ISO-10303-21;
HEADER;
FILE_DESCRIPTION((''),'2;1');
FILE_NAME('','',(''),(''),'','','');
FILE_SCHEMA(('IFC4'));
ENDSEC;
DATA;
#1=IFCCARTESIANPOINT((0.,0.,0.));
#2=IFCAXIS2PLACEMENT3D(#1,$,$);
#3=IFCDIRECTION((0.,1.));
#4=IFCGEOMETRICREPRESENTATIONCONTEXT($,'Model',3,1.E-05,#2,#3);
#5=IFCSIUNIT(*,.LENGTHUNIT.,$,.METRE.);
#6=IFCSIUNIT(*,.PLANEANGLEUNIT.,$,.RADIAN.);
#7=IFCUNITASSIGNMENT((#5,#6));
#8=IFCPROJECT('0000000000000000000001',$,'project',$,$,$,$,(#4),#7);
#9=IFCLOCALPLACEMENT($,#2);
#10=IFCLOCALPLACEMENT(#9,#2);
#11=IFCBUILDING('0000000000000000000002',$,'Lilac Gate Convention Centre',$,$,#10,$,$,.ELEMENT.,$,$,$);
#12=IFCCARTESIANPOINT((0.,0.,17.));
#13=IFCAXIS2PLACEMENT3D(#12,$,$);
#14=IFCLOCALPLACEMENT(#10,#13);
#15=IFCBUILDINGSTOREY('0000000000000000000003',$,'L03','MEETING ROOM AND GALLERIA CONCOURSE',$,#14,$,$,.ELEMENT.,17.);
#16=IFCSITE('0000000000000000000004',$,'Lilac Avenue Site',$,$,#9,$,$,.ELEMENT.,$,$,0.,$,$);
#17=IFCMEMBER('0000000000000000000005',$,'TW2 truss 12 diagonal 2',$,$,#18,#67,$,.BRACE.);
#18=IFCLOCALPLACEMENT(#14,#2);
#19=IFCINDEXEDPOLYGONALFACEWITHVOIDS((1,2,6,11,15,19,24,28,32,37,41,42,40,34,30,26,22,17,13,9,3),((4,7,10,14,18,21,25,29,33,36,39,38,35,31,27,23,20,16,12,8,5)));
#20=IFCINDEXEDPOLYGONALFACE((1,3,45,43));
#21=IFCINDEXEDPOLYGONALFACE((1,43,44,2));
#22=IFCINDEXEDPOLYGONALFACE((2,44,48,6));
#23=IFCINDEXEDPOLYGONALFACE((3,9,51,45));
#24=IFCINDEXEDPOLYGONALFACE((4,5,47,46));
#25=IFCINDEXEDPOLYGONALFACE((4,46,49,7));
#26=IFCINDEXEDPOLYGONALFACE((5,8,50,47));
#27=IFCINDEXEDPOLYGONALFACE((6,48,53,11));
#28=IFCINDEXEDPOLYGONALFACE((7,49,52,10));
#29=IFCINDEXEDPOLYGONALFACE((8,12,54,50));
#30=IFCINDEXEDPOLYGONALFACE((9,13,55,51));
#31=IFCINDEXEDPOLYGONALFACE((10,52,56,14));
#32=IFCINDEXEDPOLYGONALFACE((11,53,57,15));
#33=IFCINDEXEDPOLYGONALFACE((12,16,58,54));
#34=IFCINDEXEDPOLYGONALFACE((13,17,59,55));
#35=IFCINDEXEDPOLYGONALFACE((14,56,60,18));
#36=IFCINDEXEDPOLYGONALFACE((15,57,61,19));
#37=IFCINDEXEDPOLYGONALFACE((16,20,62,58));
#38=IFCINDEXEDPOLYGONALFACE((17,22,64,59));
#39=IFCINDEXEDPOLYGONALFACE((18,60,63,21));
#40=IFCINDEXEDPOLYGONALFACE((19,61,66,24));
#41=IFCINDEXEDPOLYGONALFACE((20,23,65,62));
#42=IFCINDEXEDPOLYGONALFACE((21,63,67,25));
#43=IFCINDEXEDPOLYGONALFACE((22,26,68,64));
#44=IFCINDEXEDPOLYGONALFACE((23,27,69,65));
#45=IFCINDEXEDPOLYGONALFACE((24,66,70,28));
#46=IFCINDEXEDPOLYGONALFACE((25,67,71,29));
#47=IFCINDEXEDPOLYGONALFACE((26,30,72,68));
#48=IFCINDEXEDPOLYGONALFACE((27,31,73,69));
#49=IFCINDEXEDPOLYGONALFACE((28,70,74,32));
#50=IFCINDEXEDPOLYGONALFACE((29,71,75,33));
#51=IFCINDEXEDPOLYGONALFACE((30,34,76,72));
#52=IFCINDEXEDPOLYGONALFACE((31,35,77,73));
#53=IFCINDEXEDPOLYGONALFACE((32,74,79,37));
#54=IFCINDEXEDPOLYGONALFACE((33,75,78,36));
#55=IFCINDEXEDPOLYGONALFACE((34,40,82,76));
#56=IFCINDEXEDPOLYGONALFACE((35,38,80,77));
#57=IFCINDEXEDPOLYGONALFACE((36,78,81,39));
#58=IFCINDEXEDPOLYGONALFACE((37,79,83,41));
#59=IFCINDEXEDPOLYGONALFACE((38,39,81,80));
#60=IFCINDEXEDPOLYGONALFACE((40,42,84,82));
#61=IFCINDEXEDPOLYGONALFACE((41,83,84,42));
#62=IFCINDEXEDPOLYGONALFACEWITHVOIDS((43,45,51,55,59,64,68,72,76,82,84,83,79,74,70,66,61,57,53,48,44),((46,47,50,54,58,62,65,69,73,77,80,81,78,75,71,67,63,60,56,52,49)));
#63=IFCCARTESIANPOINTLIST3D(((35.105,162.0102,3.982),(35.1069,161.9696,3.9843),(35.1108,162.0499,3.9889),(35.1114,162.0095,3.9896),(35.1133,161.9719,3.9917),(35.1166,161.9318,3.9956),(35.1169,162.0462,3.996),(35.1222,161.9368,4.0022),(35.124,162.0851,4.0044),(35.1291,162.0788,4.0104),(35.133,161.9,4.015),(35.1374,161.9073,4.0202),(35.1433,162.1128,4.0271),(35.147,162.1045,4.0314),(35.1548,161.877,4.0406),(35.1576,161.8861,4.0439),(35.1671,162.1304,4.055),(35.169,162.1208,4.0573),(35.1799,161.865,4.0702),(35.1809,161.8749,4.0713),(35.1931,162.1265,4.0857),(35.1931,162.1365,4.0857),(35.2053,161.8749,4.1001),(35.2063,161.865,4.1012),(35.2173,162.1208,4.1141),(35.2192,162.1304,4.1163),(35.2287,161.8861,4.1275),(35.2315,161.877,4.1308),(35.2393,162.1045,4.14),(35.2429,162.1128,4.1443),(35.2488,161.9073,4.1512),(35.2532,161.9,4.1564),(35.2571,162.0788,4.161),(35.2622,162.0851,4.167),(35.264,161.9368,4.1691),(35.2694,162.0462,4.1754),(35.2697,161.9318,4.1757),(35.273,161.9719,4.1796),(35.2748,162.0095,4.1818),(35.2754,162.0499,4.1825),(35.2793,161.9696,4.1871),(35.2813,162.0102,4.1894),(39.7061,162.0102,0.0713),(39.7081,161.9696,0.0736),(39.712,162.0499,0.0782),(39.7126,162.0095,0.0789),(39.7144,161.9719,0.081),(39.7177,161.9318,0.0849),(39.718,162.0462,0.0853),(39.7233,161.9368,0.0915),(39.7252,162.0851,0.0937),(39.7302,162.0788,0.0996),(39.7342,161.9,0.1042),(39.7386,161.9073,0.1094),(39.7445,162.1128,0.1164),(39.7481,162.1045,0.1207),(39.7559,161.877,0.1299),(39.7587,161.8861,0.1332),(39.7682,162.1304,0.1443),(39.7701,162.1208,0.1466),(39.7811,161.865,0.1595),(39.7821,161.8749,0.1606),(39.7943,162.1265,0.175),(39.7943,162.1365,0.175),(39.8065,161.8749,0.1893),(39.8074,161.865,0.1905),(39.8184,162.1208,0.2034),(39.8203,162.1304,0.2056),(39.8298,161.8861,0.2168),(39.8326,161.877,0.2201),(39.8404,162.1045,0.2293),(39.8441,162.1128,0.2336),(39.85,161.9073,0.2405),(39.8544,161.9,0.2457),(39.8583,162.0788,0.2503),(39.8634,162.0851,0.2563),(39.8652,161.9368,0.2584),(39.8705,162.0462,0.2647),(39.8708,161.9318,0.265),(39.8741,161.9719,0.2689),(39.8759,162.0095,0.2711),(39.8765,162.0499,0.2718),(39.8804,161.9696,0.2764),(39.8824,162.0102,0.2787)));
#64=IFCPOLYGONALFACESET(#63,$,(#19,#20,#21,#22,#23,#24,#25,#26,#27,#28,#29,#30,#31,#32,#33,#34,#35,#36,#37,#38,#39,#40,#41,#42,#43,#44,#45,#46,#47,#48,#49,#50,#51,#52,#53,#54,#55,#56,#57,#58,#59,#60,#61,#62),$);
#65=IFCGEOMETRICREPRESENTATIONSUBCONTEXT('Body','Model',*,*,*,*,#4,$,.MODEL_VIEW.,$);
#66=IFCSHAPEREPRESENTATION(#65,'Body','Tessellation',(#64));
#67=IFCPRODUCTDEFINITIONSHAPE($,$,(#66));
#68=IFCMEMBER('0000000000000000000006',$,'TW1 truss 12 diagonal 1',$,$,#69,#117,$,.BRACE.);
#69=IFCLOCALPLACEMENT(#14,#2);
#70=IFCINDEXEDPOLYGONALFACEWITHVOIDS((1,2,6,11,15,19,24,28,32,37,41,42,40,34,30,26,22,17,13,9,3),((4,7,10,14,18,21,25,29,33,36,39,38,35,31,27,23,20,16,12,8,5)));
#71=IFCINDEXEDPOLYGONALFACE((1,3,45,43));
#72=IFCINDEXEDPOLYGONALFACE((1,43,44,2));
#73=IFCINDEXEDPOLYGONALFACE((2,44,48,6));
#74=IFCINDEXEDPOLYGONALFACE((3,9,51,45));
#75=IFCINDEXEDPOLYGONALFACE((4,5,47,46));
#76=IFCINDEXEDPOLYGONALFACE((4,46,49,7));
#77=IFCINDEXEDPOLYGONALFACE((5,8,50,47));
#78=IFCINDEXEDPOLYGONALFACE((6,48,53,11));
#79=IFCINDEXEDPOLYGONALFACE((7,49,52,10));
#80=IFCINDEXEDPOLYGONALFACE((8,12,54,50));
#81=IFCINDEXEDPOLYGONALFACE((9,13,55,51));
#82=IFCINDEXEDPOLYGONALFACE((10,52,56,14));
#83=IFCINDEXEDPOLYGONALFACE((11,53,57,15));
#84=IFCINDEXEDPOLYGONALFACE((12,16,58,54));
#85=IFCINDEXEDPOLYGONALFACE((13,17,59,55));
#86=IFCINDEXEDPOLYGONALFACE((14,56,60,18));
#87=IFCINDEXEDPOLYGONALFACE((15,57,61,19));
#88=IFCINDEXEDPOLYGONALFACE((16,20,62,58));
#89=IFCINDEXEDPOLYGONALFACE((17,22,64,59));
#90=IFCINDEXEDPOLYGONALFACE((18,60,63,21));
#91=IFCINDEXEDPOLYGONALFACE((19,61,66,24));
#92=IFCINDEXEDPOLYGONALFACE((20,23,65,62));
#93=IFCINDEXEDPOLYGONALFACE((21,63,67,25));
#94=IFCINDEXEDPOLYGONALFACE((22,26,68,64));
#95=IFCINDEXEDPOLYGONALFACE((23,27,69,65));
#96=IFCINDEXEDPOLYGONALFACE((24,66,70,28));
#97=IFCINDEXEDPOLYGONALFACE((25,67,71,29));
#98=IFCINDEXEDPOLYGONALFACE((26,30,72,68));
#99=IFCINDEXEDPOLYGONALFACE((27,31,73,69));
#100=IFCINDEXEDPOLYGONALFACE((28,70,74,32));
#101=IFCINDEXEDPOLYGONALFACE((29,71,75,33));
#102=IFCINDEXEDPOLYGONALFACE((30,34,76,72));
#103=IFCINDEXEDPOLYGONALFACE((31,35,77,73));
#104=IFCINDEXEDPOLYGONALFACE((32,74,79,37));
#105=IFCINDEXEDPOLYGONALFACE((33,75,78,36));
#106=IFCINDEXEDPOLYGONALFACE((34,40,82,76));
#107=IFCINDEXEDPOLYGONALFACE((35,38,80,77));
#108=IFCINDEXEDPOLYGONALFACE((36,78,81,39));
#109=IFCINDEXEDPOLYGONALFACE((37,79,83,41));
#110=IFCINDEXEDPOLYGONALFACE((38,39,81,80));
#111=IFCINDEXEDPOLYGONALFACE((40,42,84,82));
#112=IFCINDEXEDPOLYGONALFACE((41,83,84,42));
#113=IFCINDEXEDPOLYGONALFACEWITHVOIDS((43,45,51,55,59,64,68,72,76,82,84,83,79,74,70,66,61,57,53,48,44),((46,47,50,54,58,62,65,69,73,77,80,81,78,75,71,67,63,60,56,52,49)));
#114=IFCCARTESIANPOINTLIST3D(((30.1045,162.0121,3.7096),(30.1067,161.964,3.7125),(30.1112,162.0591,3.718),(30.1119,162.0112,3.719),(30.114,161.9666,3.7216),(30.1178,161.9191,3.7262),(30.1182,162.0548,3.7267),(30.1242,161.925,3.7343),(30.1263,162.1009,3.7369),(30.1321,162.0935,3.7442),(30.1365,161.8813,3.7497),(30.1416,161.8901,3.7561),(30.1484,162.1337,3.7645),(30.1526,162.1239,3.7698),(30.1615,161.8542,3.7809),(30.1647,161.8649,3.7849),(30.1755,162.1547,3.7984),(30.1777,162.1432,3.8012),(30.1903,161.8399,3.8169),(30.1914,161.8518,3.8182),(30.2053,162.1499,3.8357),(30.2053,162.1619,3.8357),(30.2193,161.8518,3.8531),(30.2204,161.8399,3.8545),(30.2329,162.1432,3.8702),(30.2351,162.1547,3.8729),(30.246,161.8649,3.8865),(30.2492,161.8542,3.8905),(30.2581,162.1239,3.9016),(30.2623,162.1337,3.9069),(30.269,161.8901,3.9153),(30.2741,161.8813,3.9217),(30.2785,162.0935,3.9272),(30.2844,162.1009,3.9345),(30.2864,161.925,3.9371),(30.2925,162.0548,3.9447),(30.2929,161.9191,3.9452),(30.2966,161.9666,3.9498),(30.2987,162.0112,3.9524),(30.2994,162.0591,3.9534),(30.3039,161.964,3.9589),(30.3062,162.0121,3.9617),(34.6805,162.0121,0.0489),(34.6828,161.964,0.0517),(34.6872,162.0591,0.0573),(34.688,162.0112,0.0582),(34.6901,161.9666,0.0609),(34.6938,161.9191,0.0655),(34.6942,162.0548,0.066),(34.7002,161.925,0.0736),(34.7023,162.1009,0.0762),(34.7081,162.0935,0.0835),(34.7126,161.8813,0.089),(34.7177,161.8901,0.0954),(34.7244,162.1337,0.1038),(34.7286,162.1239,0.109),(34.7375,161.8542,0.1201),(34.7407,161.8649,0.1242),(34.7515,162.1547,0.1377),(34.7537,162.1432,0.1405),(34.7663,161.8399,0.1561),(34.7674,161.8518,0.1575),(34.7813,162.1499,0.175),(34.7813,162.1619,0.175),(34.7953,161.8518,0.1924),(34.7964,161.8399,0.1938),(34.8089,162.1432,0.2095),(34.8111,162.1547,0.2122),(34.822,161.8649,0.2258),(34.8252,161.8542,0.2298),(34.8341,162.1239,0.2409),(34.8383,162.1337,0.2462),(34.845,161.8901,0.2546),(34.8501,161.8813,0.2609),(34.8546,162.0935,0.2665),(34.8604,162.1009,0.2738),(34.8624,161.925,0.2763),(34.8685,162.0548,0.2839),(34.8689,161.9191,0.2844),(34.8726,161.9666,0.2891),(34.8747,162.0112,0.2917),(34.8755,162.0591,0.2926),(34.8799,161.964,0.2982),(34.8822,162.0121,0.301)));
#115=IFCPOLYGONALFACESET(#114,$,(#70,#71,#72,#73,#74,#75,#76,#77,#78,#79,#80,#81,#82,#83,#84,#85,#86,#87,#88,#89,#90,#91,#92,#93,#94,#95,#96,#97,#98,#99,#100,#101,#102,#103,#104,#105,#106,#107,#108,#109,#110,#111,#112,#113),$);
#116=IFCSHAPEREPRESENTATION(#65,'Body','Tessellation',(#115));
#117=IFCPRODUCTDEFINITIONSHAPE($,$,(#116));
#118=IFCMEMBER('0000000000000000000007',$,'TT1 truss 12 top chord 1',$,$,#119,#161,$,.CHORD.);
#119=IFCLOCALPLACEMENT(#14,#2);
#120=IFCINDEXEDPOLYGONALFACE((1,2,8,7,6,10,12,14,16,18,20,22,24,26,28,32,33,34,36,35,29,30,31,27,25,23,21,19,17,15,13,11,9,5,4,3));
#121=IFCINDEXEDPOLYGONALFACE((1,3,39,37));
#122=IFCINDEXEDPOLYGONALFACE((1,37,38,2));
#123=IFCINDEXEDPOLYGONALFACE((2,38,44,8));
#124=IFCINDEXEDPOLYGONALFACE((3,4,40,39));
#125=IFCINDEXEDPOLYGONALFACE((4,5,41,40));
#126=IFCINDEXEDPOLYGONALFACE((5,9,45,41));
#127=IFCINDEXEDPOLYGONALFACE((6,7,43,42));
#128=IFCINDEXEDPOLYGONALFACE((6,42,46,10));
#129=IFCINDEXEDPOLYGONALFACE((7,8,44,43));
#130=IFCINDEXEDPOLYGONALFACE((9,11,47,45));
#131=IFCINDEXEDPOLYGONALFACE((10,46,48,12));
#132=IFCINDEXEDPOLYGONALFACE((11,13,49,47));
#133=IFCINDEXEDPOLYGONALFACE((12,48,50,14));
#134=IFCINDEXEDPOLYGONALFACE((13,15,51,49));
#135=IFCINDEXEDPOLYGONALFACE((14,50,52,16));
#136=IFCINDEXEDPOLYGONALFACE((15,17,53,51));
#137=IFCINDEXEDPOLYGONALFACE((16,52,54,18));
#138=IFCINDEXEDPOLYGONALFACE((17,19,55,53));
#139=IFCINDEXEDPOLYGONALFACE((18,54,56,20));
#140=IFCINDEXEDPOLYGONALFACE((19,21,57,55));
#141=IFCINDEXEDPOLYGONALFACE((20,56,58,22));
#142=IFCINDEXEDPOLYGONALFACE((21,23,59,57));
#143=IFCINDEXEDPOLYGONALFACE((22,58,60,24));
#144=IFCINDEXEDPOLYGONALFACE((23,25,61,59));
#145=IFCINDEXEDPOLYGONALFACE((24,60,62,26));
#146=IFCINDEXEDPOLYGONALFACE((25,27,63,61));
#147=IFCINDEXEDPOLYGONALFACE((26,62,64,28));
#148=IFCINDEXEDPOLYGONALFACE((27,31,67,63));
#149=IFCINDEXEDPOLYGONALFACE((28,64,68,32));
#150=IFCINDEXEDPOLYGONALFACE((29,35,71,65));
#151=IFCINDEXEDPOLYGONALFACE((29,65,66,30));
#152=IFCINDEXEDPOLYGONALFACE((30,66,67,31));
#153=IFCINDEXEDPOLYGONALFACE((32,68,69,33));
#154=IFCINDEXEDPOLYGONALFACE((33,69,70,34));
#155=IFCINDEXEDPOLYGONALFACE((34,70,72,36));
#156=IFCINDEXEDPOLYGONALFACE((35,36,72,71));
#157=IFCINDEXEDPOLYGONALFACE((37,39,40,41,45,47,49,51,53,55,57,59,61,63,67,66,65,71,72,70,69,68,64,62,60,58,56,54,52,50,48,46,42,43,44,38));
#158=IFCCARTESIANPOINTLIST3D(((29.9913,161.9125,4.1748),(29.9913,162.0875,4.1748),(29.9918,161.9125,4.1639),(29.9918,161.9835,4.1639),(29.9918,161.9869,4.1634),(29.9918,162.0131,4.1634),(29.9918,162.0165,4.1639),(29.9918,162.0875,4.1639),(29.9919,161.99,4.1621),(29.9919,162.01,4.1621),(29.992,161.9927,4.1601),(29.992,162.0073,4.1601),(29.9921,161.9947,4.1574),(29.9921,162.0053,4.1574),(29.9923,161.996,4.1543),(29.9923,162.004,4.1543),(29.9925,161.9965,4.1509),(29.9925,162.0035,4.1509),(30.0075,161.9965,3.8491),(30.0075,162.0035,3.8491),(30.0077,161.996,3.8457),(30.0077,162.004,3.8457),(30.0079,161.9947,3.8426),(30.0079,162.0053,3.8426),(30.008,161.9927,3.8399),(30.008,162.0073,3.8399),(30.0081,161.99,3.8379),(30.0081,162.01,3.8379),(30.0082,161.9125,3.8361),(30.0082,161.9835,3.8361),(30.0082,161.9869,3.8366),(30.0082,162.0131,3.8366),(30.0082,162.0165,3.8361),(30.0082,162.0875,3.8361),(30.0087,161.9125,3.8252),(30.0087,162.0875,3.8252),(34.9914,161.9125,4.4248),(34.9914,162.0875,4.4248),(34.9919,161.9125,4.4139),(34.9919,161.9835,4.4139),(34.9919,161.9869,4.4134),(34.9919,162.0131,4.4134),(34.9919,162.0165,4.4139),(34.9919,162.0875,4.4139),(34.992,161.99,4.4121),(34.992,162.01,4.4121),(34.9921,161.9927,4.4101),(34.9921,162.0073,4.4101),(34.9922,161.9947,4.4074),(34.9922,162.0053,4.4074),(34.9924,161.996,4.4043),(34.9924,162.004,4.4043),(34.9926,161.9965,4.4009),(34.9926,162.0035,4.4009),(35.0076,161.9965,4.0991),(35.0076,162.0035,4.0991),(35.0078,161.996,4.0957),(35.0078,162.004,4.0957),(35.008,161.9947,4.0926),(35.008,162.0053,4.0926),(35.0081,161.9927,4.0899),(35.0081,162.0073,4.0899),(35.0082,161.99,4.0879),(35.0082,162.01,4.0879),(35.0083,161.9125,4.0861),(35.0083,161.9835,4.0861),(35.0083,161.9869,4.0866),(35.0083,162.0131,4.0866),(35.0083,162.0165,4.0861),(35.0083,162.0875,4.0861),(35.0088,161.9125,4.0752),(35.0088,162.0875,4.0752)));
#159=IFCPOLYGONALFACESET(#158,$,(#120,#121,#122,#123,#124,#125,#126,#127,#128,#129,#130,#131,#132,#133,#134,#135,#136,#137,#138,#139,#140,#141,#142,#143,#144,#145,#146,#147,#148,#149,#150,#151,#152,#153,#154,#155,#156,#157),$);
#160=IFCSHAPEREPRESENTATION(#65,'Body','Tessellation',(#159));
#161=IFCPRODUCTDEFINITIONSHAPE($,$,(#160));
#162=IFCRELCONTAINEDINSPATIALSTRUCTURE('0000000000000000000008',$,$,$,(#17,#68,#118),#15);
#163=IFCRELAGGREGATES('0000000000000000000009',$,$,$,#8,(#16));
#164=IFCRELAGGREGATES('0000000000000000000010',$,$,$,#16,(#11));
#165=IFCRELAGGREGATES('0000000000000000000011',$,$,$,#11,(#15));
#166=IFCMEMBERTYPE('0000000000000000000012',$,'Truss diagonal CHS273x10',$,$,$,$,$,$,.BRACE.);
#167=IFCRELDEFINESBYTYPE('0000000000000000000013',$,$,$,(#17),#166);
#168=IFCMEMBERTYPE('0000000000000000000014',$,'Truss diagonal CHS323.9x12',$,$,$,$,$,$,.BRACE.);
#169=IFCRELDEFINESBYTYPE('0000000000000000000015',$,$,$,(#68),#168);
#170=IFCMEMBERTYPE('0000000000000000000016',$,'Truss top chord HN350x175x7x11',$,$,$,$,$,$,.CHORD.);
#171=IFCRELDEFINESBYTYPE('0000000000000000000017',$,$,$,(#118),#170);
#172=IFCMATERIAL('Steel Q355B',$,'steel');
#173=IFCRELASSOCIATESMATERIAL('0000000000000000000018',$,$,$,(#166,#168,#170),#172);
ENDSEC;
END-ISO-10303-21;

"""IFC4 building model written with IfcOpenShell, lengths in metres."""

from ifc_helpers import new_model, si_unit, direction, frame, origin, origin_2d, place, context, subcontext, project, spatial, hollow_circle, i_section, extrude, material, material_profile, profile_set, type_object, element, save


model = new_model("IFC4")

# Units and contexts
model_context = context("Model", 3, precision=1e-05, world=origin(), true_north=direction((0.0, 1.0)))
body_context = subcontext(model_context, "Body", "Model", "MODEL_VIEW")
ifc_project = project(units=[si_unit("LENGTHUNIT", "METRE"), si_unit("PLANEANGLEUNIT", "RADIAN")], contexts=[model_context])

# Site, building, storey
site_placement = place(None, origin())
site = spatial("IfcSite", under=ifc_project, at=site_placement, Name="Lilac Avenue Site", CompositionType="ELEMENT", RefElevation=0.0)
building_placement = place(site_placement, origin())
building = spatial("IfcBuilding", under=site, at=building_placement, Name="Lilac Gate Convention Centre", CompositionType="ELEMENT")
storey_placement = place(building_placement, frame((0.0, 0.0, 17.0)))
storey = spatial("IfcBuildingStorey", under=building, at=storey_placement, Name="L03", Description="MEETING ROOM AND GALLERIA CONCOURSE", CompositionType="ELEMENT", Elevation=17.0)

# Shared definitions
ifc_material = material(Name="Steel Q355B", Category="steel")

# Members
ifc_material_profile_1 = material_profile(ifc_material, hollow_circle(Radius=0.1365, WallThickness=0.01, at=origin_2d()), Name="CHS273x10")
ifc_profile_set_1 = profile_set([ifc_material_profile_1], Name="Steel Q355B")
member_type_1 = type_object("IfcMemberType", Name="Truss diagonal CHS273x10", PredefinedType="BRACE", material=ifc_profile_set_1)
member_1_placement = place(storey_placement, frame((35.1931, 162.0, 4.0857), z_axis=(0.761961, 0.0, -0.647623), x_axis=(0.0, 1.0, 0.0)))
element("IfcMember", 1, at=member_1_placement, inside=storey, type_object=member_type_1, Name="TW2 truss 12 diagonal 2", PredefinedType="BRACE", context=body_context, shape_type="SweptSolid", body=[
    extrude(hollow_circle(Radius=0.1365, WallThickness=0.01, at=origin_2d()), origin(), (0.0, 0.0, 1.0), 6.0386),
])
ifc_material_profile_2 = material_profile(ifc_material, hollow_circle(Radius=0.1619, WallThickness=0.012, at=origin_2d()), Name="CHS323.9x12")
ifc_profile_set_2 = profile_set([ifc_material_profile_2], Name="Steel Q355B")
member_type_2 = type_object("IfcMemberType", Name="Truss diagonal CHS323.9x12", PredefinedType="BRACE", material=ifc_profile_set_2)
member_2_placement = place(storey_placement, frame((30.2053, 162.0, 3.8357), z_axis=(0.780877, 0.0, -0.624685), x_axis=(0.0, 1.0, 0.0)))
element("IfcMember", 2, at=member_2_placement, inside=storey, type_object=member_type_2, Name="TW1 truss 12 diagonal 1", PredefinedType="BRACE", context=body_context, shape_type="SweptSolid", body=[
    extrude(hollow_circle(Radius=0.1619, WallThickness=0.012, at=origin_2d()), origin(), (0.0, 0.0, 1.0), 5.8601),
])
ifc_material_profile_3 = material_profile(ifc_material, i_section(OverallWidth=0.175, OverallDepth=0.3501, WebThickness=0.0071, FlangeThickness=0.011, FilletRadius=0.0129, at=origin_2d()), Name="HN350x175x7x11")
ifc_profile_set_3 = profile_set([ifc_material_profile_3], Name="Steel Q355B")
member_type_3 = type_object("IfcMemberType", Name="Truss top chord HN350x175x7x11", PredefinedType="CHORD", material=ifc_profile_set_3)
for number, where, z_axis, x_axis, name in (
    (3, (30.0, 162.0, 4.0), (0.998752, 0.0, 0.049938), (0.0, 1.0, 0.0), "TT1 truss 12 top chord 1"),
):
    element("IfcMember", number, at=place(storey_placement, frame(where, z_axis=z_axis, x_axis=x_axis)), inside=storey, type_object=member_type_3, Name=name, PredefinedType="CHORD", context=body_context, shape_type="SweptSolid", body=[
        extrude(i_section(OverallWidth=0.175, OverallDepth=0.3501, WebThickness=0.0071, FlangeThickness=0.011, FilletRadius=0.0129, at=origin_2d()), origin(), (0.0, 0.0, 1.0), 5.0063),
    ])

save(model, "model.ifc")
